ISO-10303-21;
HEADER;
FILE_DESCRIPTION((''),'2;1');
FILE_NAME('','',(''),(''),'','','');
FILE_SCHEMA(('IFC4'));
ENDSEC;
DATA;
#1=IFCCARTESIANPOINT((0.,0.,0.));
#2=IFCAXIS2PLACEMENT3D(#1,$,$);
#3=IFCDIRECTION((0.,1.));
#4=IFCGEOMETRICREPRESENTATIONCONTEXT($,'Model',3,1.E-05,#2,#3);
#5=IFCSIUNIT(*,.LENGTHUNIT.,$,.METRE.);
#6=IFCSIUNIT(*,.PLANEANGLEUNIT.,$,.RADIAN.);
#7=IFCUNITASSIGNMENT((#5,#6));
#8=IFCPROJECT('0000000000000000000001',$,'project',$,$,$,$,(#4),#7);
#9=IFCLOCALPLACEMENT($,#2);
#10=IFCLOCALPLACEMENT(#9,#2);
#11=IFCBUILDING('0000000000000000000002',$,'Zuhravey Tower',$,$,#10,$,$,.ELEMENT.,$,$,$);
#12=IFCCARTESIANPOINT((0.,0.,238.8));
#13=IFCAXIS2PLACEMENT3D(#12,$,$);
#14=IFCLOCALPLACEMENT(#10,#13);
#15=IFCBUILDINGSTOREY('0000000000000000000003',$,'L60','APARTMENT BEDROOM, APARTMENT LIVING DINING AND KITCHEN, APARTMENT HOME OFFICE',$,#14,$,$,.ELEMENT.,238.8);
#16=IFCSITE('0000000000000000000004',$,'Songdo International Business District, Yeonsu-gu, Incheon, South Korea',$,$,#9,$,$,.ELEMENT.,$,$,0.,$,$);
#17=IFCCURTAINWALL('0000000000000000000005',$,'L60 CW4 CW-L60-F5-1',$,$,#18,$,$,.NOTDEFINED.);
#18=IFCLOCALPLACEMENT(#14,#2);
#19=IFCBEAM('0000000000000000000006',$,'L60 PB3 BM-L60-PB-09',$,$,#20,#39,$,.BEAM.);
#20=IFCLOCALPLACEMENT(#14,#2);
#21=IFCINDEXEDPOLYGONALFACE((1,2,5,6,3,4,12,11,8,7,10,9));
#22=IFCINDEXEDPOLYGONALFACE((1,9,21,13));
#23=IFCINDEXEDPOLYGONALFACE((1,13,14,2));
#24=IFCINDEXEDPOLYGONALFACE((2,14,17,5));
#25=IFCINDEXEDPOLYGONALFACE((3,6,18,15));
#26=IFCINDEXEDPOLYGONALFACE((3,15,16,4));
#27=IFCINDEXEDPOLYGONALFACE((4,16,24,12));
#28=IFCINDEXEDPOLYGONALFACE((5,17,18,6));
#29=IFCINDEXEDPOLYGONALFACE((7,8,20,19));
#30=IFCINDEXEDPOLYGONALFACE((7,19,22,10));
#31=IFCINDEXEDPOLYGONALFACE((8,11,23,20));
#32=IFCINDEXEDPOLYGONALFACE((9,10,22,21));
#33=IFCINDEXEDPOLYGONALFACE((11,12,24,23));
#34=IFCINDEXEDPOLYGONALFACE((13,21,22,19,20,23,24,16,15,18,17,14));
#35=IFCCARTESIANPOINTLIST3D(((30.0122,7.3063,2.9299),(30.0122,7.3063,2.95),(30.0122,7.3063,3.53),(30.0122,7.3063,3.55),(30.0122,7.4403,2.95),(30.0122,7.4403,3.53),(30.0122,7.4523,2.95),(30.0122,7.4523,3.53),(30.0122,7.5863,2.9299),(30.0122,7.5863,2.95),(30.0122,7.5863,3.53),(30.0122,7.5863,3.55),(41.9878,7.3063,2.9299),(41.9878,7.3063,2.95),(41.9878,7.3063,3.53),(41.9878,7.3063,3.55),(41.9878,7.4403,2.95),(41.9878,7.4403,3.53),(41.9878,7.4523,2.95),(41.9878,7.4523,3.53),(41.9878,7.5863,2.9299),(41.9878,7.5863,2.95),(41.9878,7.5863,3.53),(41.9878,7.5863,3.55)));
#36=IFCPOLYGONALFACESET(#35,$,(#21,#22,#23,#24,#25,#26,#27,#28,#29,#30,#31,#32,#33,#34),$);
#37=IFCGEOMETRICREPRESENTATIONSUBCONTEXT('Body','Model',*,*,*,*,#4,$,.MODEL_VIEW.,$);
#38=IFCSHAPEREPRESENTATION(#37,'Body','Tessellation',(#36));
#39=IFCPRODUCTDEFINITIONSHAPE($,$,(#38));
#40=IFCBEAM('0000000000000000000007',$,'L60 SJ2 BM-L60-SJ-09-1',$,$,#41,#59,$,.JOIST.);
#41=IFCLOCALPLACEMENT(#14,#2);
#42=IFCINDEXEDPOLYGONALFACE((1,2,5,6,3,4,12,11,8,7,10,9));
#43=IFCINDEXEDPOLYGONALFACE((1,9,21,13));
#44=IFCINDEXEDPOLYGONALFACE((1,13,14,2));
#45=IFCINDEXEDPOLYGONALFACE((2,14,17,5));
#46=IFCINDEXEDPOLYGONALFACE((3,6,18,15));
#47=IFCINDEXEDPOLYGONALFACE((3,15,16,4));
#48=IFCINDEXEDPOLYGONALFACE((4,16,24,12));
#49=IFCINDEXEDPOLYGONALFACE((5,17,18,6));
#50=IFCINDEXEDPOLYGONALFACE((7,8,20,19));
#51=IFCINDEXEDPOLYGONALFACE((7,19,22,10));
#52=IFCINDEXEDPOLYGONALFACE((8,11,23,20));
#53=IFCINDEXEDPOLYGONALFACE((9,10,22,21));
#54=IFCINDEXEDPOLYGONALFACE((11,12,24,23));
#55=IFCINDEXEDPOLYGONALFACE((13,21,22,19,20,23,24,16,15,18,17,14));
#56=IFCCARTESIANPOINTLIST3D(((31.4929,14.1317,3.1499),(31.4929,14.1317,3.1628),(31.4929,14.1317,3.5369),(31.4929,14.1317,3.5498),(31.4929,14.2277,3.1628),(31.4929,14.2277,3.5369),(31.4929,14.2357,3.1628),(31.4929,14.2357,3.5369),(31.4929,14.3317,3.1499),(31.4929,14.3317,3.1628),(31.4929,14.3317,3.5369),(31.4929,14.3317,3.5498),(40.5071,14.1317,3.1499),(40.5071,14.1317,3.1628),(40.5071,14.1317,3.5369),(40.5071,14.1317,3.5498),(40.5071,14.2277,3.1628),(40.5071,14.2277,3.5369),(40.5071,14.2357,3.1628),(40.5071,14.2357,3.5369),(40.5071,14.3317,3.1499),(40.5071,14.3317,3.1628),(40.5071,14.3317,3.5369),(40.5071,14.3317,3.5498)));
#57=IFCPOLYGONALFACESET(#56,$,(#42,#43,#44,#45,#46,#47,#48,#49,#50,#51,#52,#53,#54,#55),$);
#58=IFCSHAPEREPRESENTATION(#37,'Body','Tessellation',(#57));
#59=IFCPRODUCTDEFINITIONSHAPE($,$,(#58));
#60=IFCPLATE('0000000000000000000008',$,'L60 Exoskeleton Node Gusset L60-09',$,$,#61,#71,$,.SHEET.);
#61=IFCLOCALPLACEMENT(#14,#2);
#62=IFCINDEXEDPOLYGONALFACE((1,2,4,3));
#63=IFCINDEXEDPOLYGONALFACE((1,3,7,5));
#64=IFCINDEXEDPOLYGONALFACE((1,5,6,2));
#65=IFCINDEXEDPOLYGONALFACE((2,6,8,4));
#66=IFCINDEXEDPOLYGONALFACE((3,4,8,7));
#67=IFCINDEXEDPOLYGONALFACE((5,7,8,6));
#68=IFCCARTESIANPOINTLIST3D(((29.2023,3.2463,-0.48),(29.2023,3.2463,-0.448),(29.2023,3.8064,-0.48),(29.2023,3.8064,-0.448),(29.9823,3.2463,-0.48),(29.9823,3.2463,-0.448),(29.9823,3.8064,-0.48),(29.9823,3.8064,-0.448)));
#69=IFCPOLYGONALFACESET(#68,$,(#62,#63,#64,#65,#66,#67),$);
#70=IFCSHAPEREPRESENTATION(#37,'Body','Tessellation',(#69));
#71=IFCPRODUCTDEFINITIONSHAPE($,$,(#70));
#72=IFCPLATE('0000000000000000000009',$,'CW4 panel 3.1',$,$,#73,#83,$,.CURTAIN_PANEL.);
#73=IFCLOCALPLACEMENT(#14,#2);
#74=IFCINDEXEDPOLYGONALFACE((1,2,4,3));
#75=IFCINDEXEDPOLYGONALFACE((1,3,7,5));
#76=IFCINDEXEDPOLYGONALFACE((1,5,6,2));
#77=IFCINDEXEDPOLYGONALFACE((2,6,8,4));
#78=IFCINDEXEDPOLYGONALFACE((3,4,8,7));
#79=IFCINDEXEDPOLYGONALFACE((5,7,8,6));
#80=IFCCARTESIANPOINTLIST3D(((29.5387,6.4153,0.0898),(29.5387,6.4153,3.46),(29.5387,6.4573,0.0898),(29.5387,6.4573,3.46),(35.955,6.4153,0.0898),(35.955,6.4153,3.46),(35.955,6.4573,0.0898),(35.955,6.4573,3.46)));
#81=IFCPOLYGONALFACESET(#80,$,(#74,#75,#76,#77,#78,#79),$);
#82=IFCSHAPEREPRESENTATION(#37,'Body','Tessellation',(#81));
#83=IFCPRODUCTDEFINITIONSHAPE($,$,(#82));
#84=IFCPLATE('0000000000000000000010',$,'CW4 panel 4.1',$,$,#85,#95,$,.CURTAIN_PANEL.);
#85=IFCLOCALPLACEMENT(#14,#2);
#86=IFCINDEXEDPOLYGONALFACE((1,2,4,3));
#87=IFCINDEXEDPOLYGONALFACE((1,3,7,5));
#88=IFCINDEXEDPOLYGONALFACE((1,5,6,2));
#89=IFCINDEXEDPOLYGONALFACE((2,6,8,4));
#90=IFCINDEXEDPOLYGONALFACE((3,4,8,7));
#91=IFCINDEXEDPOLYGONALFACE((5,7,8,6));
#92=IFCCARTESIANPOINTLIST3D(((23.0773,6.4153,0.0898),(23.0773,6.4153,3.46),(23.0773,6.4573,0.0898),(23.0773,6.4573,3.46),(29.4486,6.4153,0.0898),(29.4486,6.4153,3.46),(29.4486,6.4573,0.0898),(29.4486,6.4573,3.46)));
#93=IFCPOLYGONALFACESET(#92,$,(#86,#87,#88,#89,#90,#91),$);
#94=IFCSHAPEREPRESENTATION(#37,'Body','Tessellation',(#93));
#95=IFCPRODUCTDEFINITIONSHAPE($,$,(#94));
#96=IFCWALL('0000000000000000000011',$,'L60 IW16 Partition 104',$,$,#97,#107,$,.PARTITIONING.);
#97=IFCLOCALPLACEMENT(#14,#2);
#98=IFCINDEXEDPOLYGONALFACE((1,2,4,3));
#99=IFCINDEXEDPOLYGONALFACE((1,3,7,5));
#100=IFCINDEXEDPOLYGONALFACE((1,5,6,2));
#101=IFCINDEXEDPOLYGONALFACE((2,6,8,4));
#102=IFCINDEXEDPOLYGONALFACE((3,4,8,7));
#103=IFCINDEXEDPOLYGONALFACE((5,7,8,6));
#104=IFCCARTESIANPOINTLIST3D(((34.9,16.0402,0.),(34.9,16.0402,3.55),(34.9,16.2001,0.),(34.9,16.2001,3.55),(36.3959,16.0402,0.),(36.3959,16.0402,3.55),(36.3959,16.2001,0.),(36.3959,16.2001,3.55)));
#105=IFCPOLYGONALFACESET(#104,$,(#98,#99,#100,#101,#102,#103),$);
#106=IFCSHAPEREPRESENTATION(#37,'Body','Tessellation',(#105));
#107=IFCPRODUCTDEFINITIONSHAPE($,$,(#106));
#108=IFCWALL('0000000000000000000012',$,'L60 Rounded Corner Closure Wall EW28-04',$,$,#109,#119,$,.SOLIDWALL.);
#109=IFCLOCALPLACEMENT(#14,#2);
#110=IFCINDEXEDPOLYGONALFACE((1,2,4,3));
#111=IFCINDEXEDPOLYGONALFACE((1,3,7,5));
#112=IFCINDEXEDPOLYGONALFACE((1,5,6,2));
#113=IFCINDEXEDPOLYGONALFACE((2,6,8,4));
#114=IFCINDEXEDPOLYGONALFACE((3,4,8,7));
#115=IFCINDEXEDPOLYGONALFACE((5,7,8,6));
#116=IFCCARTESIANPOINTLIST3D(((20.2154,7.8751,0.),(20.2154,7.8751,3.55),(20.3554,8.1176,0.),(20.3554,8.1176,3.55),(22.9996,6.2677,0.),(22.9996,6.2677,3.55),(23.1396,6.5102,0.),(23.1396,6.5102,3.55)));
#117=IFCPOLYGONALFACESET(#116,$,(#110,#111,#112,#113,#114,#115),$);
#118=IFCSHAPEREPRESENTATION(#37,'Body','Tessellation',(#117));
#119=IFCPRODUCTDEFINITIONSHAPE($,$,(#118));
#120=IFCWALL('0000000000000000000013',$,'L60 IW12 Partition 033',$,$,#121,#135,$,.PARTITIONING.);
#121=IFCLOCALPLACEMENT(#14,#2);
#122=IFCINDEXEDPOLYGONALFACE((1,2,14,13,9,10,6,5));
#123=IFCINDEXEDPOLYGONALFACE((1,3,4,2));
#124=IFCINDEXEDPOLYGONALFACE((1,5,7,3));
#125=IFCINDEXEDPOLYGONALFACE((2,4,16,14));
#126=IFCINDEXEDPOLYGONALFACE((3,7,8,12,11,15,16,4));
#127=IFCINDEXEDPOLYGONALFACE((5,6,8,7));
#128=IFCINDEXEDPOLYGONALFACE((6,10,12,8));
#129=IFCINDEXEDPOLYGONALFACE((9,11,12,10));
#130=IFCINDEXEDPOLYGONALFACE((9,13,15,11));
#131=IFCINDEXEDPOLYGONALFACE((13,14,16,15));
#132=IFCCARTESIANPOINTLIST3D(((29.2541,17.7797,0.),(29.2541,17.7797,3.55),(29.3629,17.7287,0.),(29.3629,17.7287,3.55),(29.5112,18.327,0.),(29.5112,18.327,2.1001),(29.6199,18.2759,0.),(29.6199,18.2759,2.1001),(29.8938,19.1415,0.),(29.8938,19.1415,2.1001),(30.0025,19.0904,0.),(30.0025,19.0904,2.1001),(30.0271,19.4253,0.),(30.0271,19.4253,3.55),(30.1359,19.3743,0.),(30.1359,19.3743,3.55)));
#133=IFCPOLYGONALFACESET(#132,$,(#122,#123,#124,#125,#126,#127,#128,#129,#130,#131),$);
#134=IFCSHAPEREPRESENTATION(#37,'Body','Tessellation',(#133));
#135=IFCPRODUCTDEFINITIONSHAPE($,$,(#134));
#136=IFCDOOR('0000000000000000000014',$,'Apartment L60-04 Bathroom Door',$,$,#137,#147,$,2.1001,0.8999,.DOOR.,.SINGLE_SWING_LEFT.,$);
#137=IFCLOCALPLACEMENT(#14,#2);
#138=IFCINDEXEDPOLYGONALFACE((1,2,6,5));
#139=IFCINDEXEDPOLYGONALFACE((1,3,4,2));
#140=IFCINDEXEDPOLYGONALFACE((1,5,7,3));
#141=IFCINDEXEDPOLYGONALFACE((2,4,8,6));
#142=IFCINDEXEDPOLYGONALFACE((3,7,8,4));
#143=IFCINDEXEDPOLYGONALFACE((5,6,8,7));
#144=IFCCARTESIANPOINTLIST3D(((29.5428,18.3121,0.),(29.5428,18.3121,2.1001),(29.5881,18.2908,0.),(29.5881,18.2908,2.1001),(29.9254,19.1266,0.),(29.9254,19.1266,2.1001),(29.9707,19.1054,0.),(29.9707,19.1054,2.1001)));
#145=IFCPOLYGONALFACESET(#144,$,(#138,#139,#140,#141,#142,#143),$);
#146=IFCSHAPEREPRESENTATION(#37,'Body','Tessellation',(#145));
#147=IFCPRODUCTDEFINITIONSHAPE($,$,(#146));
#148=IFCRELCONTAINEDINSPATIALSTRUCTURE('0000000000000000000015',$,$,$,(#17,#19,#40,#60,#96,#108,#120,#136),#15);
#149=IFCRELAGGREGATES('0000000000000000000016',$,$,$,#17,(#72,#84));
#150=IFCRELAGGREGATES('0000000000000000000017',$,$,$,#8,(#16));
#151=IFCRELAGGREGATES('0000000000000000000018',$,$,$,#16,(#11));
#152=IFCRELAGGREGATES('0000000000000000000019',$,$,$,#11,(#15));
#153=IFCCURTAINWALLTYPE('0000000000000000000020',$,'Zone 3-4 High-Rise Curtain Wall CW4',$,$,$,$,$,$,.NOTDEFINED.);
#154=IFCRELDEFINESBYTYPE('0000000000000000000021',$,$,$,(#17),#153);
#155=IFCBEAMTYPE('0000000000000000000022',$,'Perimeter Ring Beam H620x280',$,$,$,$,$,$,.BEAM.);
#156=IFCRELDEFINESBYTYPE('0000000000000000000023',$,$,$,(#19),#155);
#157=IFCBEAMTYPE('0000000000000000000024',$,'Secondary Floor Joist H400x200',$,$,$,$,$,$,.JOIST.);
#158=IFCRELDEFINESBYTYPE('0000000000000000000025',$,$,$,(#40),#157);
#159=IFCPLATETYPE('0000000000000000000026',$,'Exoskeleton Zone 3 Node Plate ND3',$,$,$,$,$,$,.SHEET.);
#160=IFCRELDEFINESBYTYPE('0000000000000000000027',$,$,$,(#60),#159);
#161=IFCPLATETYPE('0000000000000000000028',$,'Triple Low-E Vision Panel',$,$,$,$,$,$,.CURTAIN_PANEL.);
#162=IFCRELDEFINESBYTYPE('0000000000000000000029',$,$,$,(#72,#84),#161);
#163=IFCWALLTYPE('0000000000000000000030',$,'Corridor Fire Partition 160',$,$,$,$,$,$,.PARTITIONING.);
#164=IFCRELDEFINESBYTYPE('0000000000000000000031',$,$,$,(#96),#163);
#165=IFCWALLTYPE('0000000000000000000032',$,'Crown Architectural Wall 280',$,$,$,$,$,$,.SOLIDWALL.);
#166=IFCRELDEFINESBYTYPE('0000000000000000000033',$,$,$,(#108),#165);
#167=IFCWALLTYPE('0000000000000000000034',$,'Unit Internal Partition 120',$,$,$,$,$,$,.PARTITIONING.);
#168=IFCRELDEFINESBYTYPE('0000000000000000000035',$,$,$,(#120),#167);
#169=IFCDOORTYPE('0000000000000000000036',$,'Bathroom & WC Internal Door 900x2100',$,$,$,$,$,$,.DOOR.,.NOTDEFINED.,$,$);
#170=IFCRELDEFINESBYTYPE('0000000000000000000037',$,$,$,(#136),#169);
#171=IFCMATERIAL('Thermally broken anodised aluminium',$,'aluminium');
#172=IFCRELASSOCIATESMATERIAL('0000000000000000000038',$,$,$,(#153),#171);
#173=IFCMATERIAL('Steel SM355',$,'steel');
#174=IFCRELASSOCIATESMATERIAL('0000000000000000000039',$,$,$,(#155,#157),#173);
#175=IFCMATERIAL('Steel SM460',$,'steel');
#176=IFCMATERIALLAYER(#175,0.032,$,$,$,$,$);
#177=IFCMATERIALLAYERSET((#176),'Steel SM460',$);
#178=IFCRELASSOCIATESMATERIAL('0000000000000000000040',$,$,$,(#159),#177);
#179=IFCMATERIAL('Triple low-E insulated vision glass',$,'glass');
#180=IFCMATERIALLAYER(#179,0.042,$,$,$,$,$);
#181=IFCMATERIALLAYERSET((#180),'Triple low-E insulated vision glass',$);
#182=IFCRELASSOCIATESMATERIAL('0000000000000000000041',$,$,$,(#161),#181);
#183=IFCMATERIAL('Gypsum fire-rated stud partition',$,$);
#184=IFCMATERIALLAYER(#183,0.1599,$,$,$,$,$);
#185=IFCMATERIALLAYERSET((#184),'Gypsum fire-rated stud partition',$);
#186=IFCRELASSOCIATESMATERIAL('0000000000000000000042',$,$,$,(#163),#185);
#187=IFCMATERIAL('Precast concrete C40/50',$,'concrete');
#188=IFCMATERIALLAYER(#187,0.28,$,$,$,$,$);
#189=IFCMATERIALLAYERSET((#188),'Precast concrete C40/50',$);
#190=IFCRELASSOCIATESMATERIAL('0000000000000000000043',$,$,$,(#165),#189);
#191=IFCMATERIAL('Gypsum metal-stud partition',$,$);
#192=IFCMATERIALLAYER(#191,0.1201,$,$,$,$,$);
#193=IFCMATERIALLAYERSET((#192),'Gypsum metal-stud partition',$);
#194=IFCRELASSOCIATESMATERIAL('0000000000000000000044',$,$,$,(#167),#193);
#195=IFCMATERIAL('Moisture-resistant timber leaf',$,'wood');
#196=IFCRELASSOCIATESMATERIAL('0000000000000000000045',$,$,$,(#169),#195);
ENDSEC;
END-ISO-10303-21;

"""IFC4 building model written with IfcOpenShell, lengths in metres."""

from ifc_helpers import new_model, si_unit, direction, frame, frame_2d, origin, origin_2d, place, context, subcontext, project, spatial, rectangle, i_section, extrude, material, layer, layer_set, material_profile, profile_set, type_object, element, fill, aggregate, save


model = new_model("IFC4")

# Units and contexts
model_context = context("Model", 3, precision=1e-05, world=origin(), true_north=direction((0.0, 1.0)))
body_context = subcontext(model_context, "Body", "Model", "MODEL_VIEW")
ifc_project = project(units=[si_unit("LENGTHUNIT", "METRE"), si_unit("PLANEANGLEUNIT", "RADIAN")], contexts=[model_context])

# Site, building, storey
site_placement = place(None, origin())
site = spatial("IfcSite", under=ifc_project, at=site_placement, Name="Songdo International Business District, Yeonsu-gu, Incheon, South Korea", CompositionType="ELEMENT", RefElevation=0.0)
building_placement = place(site_placement, origin())
building = spatial("IfcBuilding", under=site, at=building_placement, Name="Zuhravey Tower", CompositionType="ELEMENT")
storey_placement = place(building_placement, frame((0.0, 0.0, 238.8)))
storey = spatial("IfcBuildingStorey", under=building, at=storey_placement, Name="L60", Description="APARTMENT BEDROOM, APARTMENT LIVING DINING AND KITCHEN, APARTMENT HOME OFFICE", CompositionType="ELEMENT", Elevation=238.8)

# Curtain wall
ifc_material_1 = material(Name="Thermally broken anodised aluminium", Category="aluminium")
curtain_wall_type = type_object("IfcCurtainWallType", Name="Zone 3-4 High-Rise Curtain Wall CW4", PredefinedType="NOTDEFINED", material=ifc_material_1)
curtain_wall_1_placement = place(storey_placement, origin())
curtain_wall_1 = element("IfcCurtainWall", 1, at=curtain_wall_1_placement, inside=storey, type_object=curtain_wall_type, Name="L60 CW4 CW-L60-F5-1", PredefinedType="NOTDEFINED")

# Shared definitions
ifc_material_2 = material(Name="Steel SM355", Category="steel")

# Beams
ifc_material_profile_1 = material_profile(ifc_material_2, i_section(OverallWidth=0.28, OverallDepth=0.6201, WebThickness=0.012, FlangeThickness=0.02, at=origin_2d()), Name="H-620x280x12x20")
ifc_profile_set_1 = profile_set([ifc_material_profile_1], Name="Steel SM355")
beam_type_1 = type_object("IfcBeamType", Name="Perimeter Ring Beam H620x280", PredefinedType="BEAM", material=ifc_profile_set_1)
beam_1_placement = place(storey_placement, frame((30.0122, 7.4463, 3.24), z_axis=(1.0, 0.0, 0.0), x_axis=(0.0, 1.0, 0.0)))
element("IfcBeam", 2, at=beam_1_placement, inside=storey, type_object=beam_type_1, Name="L60 PB3 BM-L60-PB-09", PredefinedType="BEAM", context=body_context, shape_type="SweptSolid", body=[
    extrude(i_section(OverallWidth=0.28, OverallDepth=0.6201, WebThickness=0.012, FlangeThickness=0.02, at=origin_2d()), origin(), (0.0, 0.0, 1.0), 11.9756),
])
ifc_material_profile_2 = material_profile(ifc_material_2, i_section(OverallWidth=0.2, OverallDepth=0.3999, WebThickness=0.0081, FlangeThickness=0.0129, at=origin_2d()), Name="H-400x200x8x13")
ifc_profile_set_2 = profile_set([ifc_material_profile_2], Name="Steel SM355")
beam_type_2 = type_object("IfcBeamType", Name="Secondary Floor Joist H400x200", PredefinedType="JOIST", material=ifc_profile_set_2)
beam_2_placement = place(storey_placement, frame((31.4929, 14.2317, 3.3499), z_axis=(1.0, 0.0, 0.0), x_axis=(0.0, 1.0, 0.0)))
element("IfcBeam", 3, at=beam_2_placement, inside=storey, type_object=beam_type_2, Name="L60 SJ2 BM-L60-SJ-09-1", PredefinedType="JOIST", context=body_context, shape_type="SweptSolid", body=[
    extrude(i_section(OverallWidth=0.2, OverallDepth=0.3999, WebThickness=0.0081, FlangeThickness=0.0129, at=origin_2d()), origin(), (0.0, 0.0, 1.0), 9.0142),
])

# Plates
ifc_material_3 = material(Name="Steel SM460", Category="steel")
ifc_layer_1 = layer(ifc_material_3, 0.032)
ifc_layer_set_1 = layer_set([ifc_layer_1], Name="Steel SM460")
plate_type_1 = type_object("IfcPlateType", Name="Exoskeleton Zone 3 Node Plate ND3", PredefinedType="SHEET", material=ifc_layer_set_1)
plate_1_placement = place(storey_placement, frame((29.5923, 3.5264, -0.48), z_axis=(0.0, 0.0, 1.0), x_axis=(1.0, 0.0, 0.0)))
element("IfcPlate", 4, at=plate_1_placement, inside=storey, type_object=plate_type_1, Name="L60 Exoskeleton Node Gusset L60-09", PredefinedType="SHEET", context=body_context, shape_type="SweptSolid", body=[
    extrude(rectangle(XDim=0.78, YDim=0.5601, at=origin_2d()), origin(), (0.0, 0.0, 1.0), 0.032),
])
ifc_material_4 = material(Name="Triple low-E insulated vision glass", Category="glass")
ifc_layer_2 = layer(ifc_material_4, 0.042)
ifc_layer_set_2 = layer_set([ifc_layer_2], Name="Triple low-E insulated vision glass")
plate_type_2 = type_object("IfcPlateType", Name="Triple Low-E Vision Panel", PredefinedType="CURTAIN_PANEL", material=ifc_layer_set_2)
plate_2_placement = place(storey_placement, frame((32.7468, 6.4363, 0.0898), z_axis=(0.0, 0.0, 1.0), x_axis=(-1.0, 0.0, 0.0)))
plate_2 = element("IfcPlate", 5, at=plate_2_placement, type_object=plate_type_2, Name="CW4 panel 3.1", PredefinedType="CURTAIN_PANEL", context=body_context, shape_type="SweptSolid", body=[
    extrude(rectangle(XDim=6.4163, YDim=0.042, at=origin_2d()), origin(), (0.0, 0.0, 1.0), 3.3701),
])
plate_3_placement = place(storey_placement, frame((26.2629, 6.4363, 0.0898), z_axis=(0.0, 0.0, 1.0), x_axis=(-1.0, 0.0, 0.0)))
plate_3 = element("IfcPlate", 6, at=plate_3_placement, type_object=plate_type_2, Name="CW4 panel 4.1", PredefinedType="CURTAIN_PANEL", context=body_context, shape_type="SweptSolid", body=[
    extrude(rectangle(XDim=6.3713, YDim=0.042, at=origin_2d()), origin(), (0.0, 0.0, 1.0), 3.3701),
])
aggregate(curtain_wall_1, [plate_2, plate_3])

# Walls
ifc_material_5 = material(Name="Gypsum fire-rated stud partition")
ifc_layer_3 = layer(ifc_material_5, 0.1599)
ifc_layer_set_3 = layer_set([ifc_layer_3], Name="Gypsum fire-rated stud partition")
wall_type_1 = type_object("IfcWallType", Name="Corridor Fire Partition 160", PredefinedType="PARTITIONING", material=ifc_layer_set_3)
wall_1_placement = place(storey_placement, frame((34.8999, 16.1201, 0.0), z_axis=(0.0, 0.0, 1.0), x_axis=(1.0, 0.0, 0.0)))
element("IfcWall", 7, at=wall_1_placement, inside=storey, type_object=wall_type_1, Name="L60 IW16 Partition 104", PredefinedType="PARTITIONING", context=body_context, shape_type="SweptSolid", body=[
    extrude(rectangle(XDim=1.4958, YDim=0.1599, at=frame_2d((0.748, 0.0))), origin(), (0.0, 0.0, 1.0), 3.55),
])
ifc_material_6 = material(Name="Precast concrete C40/50", Category="concrete")
ifc_layer_4 = layer(ifc_material_6, 0.28)
ifc_layer_set_4 = layer_set([ifc_layer_4], Name="Precast concrete C40/50")
wall_type_2 = type_object("IfcWallType", Name="Crown Architectural Wall 280", PredefinedType="SOLIDWALL", material=ifc_layer_set_4)
wall_2_placement = place(storey_placement, frame((23.0696, 6.3889, 0.0), z_axis=(0.0, 0.0, 1.0), x_axis=(-0.866029, 0.499994, 0.0)))
element("IfcWall", 8, at=wall_2_placement, inside=storey, type_object=wall_type_2, Name="L60 Rounded Corner Closure Wall EW28-04", PredefinedType="SOLIDWALL", context=body_context, shape_type="SweptSolid", body=[
    extrude(rectangle(XDim=3.2148, YDim=0.28, at=frame_2d((1.6074, 0.0))), origin(), (0.0, 0.0, 1.0), 3.55),
])

# Wall, opening, door
ifc_material_7 = material(Name="Gypsum metal-stud partition")
ifc_layer_5 = layer(ifc_material_7, 0.1201)
ifc_layer_set_5 = layer_set([ifc_layer_5], Name="Gypsum metal-stud partition")
wall_type_3 = type_object("IfcWallType", Name="Unit Internal Partition 120", PredefinedType="PARTITIONING", material=ifc_layer_set_5)
wall_3_placement = place(storey_placement, frame((30.0815, 19.3999, 0.0), z_axis=(0.0, 0.0, 1.0), x_axis=(-0.425163, -0.905117, 0.0)))
wall_3 = element("IfcWall", 9, at=wall_3_placement, inside=storey, type_object=wall_type_3, Name="L60 IW12 Partition 033", PredefinedType="PARTITIONING", context=body_context, shape_type="SweptSolid", body=[
    extrude(rectangle(XDim=1.8181, YDim=0.1201, at=frame_2d((0.9092, 0.0))), origin(), (0.0, 0.0, 1.0), 3.55),
])
opening_1_placement = place(wall_3_placement, frame((0.3137, 0.0, 0.0)))
opening_1 = element("IfcOpeningElement", 10, at=opening_1_placement, cuts=wall_3, PredefinedType="OPENING", context=body_context, shape_type="SweptSolid", body=[
    extrude(rectangle(XDim=0.8999, YDim=2.1001, at=frame_2d((0.45, 1.05))), frame((0.0, 0.072, 0.0), z_axis=(0.0, -1.0, 0.0), x_axis=(1.0, 0.0, 0.0)), (0.0, 0.0, 1.0), 0.144),
])
ifc_material_8 = material(Name="Moisture-resistant timber leaf", Category="wood")
door_type_1 = type_object("IfcDoorType", Name="Bathroom & WC Internal Door 900x2100", OperationType="NOTDEFINED", PredefinedType="DOOR", material=ifc_material_8)
door_1_placement = place(opening_1_placement, origin())
door_1 = element("IfcDoor", 11, at=door_1_placement, inside=storey, type_object=door_type_1, Name="Apartment L60-04 Bathroom Door", OperationType="SINGLE_SWING_LEFT", OverallHeight=2.1001, OverallWidth=0.8999, PredefinedType="DOOR", context=body_context, shape_type="SweptSolid", body=[
    extrude(rectangle(XDim=0.8999, YDim=2.1001, at=frame_2d((0.45, 1.05))), frame((0.0, 0.0249, 0.0), z_axis=(0.0, -1.0, 0.0), x_axis=(1.0, 0.0, 0.0)), (0.0, 0.0, 1.0), 0.05),
])
fill(opening_1, door_1)

save(model, "model.ifc")
